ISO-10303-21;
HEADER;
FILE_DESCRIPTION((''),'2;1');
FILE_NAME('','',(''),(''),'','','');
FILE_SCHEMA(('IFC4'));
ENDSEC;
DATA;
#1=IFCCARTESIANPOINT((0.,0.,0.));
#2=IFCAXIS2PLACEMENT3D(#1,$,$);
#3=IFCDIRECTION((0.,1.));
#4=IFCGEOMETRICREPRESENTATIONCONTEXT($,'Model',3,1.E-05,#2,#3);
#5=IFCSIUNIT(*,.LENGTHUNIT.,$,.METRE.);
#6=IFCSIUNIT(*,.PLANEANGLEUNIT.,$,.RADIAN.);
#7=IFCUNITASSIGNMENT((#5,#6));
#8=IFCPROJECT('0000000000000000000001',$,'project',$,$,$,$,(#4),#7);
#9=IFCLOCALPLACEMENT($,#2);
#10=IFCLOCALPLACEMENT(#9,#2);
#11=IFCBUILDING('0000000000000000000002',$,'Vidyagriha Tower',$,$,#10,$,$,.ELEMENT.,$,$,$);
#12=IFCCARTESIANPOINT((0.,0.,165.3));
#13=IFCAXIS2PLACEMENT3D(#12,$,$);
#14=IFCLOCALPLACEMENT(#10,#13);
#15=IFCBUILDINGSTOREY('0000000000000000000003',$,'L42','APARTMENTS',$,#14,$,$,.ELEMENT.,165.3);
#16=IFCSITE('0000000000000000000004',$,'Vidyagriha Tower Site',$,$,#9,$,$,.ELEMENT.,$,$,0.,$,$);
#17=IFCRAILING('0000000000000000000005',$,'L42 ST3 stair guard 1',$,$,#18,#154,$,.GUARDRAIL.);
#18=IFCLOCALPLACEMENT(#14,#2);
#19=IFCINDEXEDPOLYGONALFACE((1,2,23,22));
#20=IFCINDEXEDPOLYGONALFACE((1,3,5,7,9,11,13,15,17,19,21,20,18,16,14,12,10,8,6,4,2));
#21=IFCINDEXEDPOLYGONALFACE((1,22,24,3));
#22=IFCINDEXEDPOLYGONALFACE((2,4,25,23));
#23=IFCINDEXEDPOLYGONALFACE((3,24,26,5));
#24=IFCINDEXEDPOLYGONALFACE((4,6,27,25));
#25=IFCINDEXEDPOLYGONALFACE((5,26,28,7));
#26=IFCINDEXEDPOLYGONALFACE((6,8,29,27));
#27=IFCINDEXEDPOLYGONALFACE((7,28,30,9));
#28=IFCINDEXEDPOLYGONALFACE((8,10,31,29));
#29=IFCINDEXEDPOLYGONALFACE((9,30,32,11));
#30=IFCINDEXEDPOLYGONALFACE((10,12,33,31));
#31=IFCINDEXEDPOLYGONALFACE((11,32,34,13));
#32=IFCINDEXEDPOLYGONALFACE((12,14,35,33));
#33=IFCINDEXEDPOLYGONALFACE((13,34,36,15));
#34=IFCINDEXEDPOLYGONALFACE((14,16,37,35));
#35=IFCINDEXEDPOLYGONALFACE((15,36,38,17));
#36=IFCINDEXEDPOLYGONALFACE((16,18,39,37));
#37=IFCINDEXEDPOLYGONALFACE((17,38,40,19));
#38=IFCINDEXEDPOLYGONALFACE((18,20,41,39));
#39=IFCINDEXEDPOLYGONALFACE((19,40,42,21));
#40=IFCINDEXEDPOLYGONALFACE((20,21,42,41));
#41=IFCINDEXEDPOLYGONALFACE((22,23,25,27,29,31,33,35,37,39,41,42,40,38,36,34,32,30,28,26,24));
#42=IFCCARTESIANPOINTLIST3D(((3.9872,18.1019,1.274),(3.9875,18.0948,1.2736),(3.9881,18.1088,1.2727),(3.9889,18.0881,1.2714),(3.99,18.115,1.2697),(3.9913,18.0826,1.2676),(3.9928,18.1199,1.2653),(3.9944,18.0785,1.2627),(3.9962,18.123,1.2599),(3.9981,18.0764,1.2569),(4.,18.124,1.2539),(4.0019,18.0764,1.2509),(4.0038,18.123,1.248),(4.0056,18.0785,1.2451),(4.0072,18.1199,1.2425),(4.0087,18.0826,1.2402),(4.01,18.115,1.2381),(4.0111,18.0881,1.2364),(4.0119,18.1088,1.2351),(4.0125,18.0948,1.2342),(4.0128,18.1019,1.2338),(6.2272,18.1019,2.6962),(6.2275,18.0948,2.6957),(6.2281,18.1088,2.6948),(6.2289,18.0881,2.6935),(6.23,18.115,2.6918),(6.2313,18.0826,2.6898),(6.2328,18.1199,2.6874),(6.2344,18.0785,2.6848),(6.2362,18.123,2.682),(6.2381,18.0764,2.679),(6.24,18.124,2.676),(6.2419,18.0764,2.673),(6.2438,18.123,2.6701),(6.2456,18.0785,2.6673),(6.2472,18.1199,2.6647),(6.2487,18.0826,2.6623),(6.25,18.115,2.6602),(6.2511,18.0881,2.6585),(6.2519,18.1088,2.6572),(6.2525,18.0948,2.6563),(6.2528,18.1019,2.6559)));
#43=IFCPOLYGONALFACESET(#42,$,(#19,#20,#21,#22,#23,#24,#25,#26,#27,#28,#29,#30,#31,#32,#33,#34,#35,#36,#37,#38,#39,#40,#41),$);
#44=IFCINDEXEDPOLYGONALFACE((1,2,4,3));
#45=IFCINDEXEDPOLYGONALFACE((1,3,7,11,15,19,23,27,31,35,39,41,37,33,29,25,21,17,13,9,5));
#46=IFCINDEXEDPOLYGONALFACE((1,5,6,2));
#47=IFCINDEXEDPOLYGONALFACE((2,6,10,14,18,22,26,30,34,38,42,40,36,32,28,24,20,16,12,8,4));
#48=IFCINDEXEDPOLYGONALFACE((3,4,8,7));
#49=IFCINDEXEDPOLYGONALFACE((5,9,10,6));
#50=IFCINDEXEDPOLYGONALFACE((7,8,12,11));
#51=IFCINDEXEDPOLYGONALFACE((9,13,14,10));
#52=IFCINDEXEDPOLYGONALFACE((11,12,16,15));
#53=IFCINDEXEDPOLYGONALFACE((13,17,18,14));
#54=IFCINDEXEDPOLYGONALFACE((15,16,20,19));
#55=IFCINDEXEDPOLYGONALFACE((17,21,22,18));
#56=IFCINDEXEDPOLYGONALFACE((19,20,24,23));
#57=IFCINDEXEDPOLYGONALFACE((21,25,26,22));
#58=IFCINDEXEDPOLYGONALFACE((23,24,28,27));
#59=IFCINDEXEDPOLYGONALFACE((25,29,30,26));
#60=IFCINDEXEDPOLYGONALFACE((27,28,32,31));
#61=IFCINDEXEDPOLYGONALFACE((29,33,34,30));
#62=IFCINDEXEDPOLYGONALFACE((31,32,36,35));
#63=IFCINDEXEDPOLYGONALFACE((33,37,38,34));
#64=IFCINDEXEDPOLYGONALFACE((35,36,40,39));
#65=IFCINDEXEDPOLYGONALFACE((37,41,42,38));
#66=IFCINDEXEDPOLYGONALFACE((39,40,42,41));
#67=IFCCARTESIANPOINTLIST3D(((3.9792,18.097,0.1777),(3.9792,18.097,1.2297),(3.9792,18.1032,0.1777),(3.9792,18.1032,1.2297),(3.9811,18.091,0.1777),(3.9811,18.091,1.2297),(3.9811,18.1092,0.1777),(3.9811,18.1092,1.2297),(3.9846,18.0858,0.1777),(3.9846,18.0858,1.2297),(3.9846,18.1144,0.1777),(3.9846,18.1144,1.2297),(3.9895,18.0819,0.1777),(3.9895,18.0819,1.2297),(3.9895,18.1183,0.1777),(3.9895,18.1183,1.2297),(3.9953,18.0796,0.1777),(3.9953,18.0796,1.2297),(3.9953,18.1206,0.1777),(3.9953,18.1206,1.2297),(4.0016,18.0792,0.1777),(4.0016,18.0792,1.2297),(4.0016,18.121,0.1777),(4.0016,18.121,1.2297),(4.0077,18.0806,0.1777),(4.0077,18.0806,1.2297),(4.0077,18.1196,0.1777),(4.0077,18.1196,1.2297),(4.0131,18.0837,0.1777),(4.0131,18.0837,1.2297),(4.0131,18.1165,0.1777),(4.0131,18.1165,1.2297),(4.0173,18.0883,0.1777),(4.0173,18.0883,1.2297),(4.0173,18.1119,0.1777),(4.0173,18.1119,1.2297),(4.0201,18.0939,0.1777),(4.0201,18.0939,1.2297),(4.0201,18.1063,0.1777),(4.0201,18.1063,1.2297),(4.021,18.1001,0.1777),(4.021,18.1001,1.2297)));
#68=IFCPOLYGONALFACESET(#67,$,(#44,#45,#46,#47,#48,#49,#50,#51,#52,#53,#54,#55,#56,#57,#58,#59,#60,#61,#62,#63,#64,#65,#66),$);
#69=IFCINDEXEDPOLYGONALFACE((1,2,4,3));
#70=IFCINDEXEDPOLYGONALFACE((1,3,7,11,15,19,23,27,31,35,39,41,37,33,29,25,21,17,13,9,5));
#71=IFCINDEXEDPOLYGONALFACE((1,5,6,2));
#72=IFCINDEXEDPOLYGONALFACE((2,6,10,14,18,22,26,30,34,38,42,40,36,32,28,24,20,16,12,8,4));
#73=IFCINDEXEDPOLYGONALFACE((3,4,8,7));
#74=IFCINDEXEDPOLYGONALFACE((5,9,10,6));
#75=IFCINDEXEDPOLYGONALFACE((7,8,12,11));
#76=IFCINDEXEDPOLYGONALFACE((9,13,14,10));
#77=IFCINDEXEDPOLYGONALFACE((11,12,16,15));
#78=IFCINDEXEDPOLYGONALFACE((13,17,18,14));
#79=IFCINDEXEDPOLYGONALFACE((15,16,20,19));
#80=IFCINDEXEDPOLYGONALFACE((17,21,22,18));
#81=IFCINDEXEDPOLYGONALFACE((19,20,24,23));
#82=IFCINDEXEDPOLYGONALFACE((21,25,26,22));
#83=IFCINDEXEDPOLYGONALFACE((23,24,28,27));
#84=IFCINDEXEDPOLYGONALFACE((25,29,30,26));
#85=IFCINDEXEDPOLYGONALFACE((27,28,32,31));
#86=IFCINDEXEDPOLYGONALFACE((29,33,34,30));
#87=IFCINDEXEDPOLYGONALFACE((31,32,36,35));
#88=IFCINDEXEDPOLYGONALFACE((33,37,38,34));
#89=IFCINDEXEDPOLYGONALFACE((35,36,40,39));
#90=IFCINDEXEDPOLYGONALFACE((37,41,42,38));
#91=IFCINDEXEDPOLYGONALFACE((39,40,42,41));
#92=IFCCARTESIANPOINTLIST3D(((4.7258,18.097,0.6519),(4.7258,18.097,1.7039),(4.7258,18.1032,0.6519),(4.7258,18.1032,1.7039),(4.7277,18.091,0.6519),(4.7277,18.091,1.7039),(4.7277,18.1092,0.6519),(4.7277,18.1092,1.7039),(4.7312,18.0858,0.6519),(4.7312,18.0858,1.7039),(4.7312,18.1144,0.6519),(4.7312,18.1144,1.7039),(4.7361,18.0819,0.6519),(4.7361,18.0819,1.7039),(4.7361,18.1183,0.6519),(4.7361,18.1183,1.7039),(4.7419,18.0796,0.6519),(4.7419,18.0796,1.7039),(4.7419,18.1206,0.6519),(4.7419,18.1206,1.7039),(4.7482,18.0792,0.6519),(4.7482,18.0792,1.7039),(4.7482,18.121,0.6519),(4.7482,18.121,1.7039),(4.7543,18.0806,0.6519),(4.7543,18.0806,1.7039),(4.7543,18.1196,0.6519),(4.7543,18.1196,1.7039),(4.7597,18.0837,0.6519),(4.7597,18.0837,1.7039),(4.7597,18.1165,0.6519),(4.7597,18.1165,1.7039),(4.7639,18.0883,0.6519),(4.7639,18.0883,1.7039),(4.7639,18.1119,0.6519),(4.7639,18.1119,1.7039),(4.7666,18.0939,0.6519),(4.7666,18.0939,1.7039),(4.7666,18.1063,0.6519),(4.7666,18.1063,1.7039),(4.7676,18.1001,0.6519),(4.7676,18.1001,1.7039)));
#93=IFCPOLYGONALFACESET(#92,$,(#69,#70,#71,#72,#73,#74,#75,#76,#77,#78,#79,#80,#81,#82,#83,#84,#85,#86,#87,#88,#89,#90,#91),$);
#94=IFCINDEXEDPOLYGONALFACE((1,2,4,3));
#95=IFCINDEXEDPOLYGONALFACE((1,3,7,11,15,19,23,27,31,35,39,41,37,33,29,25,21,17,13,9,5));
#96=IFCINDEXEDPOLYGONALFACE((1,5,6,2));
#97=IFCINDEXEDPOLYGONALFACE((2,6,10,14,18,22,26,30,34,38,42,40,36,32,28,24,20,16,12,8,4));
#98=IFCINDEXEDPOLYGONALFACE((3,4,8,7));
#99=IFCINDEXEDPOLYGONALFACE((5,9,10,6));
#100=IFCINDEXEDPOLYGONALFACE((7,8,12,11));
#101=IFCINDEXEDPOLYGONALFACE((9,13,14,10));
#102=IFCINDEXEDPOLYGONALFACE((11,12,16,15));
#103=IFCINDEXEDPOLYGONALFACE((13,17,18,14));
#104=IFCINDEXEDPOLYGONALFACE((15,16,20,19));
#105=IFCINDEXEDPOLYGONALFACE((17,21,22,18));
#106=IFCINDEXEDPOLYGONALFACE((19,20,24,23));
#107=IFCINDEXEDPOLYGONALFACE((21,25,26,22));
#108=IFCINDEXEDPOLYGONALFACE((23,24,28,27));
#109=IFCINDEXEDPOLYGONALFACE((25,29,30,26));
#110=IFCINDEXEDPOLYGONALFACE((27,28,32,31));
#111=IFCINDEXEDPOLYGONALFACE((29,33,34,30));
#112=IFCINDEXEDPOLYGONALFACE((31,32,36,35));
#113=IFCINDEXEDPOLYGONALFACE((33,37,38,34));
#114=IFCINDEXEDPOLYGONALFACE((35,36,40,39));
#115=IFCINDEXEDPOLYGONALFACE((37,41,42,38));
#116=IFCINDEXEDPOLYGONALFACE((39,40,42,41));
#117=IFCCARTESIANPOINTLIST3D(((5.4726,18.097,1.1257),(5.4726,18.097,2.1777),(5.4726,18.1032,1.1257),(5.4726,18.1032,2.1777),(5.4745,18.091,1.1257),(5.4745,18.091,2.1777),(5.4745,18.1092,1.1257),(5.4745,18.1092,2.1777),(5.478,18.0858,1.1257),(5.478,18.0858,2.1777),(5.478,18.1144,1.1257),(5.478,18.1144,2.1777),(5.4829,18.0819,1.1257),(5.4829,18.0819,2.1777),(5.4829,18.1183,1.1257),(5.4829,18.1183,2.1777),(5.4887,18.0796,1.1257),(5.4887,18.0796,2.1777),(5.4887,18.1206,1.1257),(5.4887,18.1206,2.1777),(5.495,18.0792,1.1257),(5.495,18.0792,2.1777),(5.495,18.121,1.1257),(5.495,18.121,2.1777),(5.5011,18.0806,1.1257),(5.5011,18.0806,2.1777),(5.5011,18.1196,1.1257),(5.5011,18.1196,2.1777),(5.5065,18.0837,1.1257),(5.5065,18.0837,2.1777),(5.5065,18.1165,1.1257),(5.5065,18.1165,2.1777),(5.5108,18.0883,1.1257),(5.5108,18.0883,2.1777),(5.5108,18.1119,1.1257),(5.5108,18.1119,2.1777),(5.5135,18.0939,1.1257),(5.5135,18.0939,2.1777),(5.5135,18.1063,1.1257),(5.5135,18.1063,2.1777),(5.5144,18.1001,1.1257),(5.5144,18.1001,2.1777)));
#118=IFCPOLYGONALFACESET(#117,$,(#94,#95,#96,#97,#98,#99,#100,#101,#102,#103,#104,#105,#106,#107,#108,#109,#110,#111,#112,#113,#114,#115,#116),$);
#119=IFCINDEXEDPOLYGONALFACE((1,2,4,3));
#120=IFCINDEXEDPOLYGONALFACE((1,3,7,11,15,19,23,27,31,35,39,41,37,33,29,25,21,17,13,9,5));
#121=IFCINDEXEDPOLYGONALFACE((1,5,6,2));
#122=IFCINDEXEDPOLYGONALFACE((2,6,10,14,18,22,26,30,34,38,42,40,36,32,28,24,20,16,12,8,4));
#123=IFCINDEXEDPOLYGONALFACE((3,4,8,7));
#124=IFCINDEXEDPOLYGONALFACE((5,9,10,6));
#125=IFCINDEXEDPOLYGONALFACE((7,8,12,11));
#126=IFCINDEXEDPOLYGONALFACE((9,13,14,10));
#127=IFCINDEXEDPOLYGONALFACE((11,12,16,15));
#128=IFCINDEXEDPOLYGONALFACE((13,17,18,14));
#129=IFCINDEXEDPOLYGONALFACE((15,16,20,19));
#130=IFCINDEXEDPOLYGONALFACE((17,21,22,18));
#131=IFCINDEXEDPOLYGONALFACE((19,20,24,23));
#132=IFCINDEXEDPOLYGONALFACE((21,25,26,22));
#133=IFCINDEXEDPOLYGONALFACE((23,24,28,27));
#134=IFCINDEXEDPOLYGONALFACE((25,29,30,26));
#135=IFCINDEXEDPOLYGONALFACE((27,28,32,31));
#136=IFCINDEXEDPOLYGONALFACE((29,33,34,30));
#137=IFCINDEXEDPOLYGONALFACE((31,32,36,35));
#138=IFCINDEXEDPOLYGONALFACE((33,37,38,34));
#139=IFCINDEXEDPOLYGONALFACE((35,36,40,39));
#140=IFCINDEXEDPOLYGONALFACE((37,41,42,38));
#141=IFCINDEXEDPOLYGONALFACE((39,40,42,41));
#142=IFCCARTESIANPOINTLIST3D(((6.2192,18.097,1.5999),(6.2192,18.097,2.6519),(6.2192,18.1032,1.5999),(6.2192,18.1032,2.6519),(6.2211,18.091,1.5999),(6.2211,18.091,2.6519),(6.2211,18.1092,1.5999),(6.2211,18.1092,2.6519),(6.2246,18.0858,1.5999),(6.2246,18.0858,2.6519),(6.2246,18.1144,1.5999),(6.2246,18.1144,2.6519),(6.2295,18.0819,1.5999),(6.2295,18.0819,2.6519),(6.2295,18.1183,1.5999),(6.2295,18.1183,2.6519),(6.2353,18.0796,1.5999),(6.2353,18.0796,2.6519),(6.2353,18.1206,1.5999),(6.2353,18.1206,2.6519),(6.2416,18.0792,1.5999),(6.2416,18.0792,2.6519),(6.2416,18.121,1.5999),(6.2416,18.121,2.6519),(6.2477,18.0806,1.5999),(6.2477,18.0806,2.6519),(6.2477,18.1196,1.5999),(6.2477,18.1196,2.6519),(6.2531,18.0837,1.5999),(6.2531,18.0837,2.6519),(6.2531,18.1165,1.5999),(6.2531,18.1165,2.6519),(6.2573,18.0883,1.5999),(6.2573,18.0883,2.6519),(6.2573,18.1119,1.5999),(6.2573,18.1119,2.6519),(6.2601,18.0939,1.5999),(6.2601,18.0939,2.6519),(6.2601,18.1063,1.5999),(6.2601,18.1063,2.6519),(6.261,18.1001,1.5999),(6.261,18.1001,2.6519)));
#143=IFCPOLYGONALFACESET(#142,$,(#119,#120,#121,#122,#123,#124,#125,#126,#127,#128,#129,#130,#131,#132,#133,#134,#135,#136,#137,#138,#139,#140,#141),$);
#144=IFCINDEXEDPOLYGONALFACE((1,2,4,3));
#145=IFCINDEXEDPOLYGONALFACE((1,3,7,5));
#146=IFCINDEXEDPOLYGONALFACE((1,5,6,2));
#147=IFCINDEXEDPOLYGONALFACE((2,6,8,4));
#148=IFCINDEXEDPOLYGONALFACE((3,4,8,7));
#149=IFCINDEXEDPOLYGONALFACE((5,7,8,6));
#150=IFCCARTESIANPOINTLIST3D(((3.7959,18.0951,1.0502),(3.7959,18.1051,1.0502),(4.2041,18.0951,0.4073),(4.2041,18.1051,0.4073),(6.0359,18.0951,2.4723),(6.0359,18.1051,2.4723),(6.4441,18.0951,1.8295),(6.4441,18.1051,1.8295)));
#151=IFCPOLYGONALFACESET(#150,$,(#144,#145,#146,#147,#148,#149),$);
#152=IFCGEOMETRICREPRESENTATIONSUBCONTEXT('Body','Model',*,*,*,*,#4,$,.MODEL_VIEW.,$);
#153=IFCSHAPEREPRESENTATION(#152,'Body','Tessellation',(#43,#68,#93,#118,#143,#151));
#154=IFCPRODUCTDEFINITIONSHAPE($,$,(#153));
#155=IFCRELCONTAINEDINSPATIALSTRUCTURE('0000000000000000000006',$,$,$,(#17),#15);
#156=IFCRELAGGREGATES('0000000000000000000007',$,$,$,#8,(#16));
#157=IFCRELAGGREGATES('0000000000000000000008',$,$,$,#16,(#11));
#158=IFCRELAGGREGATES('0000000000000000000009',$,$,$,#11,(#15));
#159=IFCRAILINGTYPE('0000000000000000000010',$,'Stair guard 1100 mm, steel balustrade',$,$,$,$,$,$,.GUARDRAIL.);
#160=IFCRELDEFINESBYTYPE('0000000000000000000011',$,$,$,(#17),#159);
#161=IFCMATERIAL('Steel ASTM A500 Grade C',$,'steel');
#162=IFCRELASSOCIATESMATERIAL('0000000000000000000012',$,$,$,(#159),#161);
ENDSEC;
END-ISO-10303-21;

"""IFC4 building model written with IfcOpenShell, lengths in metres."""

from ifc_helpers import new_model, si_unit, direction, frame, origin, origin_2d, place, context, subcontext, project, spatial, rectangle, circle, extrude, material, type_object, element, save


model = new_model("IFC4")

# Units and contexts
model_context = context("Model", 3, precision=1e-05, world=origin(), true_north=direction((0.0, 1.0)))
body_context = subcontext(model_context, "Body", "Model", "MODEL_VIEW")
ifc_project = project(units=[si_unit("LENGTHUNIT", "METRE"), si_unit("PLANEANGLEUNIT", "RADIAN")], contexts=[model_context])

# Site, building, storey
site_placement = place(None, origin())
site = spatial("IfcSite", under=ifc_project, at=site_placement, Name="Vidyagriha Tower Site", CompositionType="ELEMENT", RefElevation=0.0)
building_placement = place(site_placement, origin())
building = spatial("IfcBuilding", under=site, at=building_placement, Name="Vidyagriha Tower", CompositionType="ELEMENT")
storey_placement = place(building_placement, frame((0.0, 0.0, 165.3)))
storey = spatial("IfcBuildingStorey", under=building, at=storey_placement, Name="L42", Description="APARTMENTS", CompositionType="ELEMENT", Elevation=165.3)

# Railing
ifc_material_1 = material(Name="Steel ASTM A500 Grade C", Category="steel")
railing_type_1 = type_object("IfcRailingType", Name="Stair guard 1100 mm, steel balustrade", PredefinedType="GUARDRAIL", material=ifc_material_1)
railing_1_placement = place(storey_placement, frame((4.0, 18.1001, 0.1777)))
element("IfcRailing", 1, at=railing_1_placement, inside=storey, type_object=railing_type_1, Name="L42 ST3 stair guard 1", PredefinedType="GUARDRAIL", context=body_context, shape_type="SweptSolid", body=[
    extrude(circle(Radius=0.0239, at=origin_2d()), frame((0.0, 0.0, 1.0762), z_axis=(0.844229, 0.0, 0.535982), x_axis=(0.0, 1.0, 0.0)), (0.0, 0.0, 1.0), 2.6533),
    extrude(circle(Radius=0.021, at=origin_2d()), origin(), (0.0, 0.0, 1.0), 1.052),
    extrude(circle(Radius=0.021, at=origin_2d()), frame((0.7466, 0.0, 0.4741)), (0.0, 0.0, 1.0), 1.052),
    extrude(circle(Radius=0.021, at=origin_2d()), frame((1.4934, 0.0, 0.948)), (0.0, 0.0, 1.0), 1.052),
    extrude(circle(Radius=0.021, at=origin_2d()), frame((2.24, 0.0, 1.4221)), (0.0, 0.0, 1.0), 1.052),
    extrude(rectangle(XDim=0.01, YDim=0.7615, at=origin_2d()), frame((0.0, 0.0, 0.551), z_axis=(0.844229, 0.0, 0.535982), x_axis=(0.0, 1.0, 0.0)), (0.0, 0.0, 1.0), 2.6533),
])

save(model, "model.ifc")
